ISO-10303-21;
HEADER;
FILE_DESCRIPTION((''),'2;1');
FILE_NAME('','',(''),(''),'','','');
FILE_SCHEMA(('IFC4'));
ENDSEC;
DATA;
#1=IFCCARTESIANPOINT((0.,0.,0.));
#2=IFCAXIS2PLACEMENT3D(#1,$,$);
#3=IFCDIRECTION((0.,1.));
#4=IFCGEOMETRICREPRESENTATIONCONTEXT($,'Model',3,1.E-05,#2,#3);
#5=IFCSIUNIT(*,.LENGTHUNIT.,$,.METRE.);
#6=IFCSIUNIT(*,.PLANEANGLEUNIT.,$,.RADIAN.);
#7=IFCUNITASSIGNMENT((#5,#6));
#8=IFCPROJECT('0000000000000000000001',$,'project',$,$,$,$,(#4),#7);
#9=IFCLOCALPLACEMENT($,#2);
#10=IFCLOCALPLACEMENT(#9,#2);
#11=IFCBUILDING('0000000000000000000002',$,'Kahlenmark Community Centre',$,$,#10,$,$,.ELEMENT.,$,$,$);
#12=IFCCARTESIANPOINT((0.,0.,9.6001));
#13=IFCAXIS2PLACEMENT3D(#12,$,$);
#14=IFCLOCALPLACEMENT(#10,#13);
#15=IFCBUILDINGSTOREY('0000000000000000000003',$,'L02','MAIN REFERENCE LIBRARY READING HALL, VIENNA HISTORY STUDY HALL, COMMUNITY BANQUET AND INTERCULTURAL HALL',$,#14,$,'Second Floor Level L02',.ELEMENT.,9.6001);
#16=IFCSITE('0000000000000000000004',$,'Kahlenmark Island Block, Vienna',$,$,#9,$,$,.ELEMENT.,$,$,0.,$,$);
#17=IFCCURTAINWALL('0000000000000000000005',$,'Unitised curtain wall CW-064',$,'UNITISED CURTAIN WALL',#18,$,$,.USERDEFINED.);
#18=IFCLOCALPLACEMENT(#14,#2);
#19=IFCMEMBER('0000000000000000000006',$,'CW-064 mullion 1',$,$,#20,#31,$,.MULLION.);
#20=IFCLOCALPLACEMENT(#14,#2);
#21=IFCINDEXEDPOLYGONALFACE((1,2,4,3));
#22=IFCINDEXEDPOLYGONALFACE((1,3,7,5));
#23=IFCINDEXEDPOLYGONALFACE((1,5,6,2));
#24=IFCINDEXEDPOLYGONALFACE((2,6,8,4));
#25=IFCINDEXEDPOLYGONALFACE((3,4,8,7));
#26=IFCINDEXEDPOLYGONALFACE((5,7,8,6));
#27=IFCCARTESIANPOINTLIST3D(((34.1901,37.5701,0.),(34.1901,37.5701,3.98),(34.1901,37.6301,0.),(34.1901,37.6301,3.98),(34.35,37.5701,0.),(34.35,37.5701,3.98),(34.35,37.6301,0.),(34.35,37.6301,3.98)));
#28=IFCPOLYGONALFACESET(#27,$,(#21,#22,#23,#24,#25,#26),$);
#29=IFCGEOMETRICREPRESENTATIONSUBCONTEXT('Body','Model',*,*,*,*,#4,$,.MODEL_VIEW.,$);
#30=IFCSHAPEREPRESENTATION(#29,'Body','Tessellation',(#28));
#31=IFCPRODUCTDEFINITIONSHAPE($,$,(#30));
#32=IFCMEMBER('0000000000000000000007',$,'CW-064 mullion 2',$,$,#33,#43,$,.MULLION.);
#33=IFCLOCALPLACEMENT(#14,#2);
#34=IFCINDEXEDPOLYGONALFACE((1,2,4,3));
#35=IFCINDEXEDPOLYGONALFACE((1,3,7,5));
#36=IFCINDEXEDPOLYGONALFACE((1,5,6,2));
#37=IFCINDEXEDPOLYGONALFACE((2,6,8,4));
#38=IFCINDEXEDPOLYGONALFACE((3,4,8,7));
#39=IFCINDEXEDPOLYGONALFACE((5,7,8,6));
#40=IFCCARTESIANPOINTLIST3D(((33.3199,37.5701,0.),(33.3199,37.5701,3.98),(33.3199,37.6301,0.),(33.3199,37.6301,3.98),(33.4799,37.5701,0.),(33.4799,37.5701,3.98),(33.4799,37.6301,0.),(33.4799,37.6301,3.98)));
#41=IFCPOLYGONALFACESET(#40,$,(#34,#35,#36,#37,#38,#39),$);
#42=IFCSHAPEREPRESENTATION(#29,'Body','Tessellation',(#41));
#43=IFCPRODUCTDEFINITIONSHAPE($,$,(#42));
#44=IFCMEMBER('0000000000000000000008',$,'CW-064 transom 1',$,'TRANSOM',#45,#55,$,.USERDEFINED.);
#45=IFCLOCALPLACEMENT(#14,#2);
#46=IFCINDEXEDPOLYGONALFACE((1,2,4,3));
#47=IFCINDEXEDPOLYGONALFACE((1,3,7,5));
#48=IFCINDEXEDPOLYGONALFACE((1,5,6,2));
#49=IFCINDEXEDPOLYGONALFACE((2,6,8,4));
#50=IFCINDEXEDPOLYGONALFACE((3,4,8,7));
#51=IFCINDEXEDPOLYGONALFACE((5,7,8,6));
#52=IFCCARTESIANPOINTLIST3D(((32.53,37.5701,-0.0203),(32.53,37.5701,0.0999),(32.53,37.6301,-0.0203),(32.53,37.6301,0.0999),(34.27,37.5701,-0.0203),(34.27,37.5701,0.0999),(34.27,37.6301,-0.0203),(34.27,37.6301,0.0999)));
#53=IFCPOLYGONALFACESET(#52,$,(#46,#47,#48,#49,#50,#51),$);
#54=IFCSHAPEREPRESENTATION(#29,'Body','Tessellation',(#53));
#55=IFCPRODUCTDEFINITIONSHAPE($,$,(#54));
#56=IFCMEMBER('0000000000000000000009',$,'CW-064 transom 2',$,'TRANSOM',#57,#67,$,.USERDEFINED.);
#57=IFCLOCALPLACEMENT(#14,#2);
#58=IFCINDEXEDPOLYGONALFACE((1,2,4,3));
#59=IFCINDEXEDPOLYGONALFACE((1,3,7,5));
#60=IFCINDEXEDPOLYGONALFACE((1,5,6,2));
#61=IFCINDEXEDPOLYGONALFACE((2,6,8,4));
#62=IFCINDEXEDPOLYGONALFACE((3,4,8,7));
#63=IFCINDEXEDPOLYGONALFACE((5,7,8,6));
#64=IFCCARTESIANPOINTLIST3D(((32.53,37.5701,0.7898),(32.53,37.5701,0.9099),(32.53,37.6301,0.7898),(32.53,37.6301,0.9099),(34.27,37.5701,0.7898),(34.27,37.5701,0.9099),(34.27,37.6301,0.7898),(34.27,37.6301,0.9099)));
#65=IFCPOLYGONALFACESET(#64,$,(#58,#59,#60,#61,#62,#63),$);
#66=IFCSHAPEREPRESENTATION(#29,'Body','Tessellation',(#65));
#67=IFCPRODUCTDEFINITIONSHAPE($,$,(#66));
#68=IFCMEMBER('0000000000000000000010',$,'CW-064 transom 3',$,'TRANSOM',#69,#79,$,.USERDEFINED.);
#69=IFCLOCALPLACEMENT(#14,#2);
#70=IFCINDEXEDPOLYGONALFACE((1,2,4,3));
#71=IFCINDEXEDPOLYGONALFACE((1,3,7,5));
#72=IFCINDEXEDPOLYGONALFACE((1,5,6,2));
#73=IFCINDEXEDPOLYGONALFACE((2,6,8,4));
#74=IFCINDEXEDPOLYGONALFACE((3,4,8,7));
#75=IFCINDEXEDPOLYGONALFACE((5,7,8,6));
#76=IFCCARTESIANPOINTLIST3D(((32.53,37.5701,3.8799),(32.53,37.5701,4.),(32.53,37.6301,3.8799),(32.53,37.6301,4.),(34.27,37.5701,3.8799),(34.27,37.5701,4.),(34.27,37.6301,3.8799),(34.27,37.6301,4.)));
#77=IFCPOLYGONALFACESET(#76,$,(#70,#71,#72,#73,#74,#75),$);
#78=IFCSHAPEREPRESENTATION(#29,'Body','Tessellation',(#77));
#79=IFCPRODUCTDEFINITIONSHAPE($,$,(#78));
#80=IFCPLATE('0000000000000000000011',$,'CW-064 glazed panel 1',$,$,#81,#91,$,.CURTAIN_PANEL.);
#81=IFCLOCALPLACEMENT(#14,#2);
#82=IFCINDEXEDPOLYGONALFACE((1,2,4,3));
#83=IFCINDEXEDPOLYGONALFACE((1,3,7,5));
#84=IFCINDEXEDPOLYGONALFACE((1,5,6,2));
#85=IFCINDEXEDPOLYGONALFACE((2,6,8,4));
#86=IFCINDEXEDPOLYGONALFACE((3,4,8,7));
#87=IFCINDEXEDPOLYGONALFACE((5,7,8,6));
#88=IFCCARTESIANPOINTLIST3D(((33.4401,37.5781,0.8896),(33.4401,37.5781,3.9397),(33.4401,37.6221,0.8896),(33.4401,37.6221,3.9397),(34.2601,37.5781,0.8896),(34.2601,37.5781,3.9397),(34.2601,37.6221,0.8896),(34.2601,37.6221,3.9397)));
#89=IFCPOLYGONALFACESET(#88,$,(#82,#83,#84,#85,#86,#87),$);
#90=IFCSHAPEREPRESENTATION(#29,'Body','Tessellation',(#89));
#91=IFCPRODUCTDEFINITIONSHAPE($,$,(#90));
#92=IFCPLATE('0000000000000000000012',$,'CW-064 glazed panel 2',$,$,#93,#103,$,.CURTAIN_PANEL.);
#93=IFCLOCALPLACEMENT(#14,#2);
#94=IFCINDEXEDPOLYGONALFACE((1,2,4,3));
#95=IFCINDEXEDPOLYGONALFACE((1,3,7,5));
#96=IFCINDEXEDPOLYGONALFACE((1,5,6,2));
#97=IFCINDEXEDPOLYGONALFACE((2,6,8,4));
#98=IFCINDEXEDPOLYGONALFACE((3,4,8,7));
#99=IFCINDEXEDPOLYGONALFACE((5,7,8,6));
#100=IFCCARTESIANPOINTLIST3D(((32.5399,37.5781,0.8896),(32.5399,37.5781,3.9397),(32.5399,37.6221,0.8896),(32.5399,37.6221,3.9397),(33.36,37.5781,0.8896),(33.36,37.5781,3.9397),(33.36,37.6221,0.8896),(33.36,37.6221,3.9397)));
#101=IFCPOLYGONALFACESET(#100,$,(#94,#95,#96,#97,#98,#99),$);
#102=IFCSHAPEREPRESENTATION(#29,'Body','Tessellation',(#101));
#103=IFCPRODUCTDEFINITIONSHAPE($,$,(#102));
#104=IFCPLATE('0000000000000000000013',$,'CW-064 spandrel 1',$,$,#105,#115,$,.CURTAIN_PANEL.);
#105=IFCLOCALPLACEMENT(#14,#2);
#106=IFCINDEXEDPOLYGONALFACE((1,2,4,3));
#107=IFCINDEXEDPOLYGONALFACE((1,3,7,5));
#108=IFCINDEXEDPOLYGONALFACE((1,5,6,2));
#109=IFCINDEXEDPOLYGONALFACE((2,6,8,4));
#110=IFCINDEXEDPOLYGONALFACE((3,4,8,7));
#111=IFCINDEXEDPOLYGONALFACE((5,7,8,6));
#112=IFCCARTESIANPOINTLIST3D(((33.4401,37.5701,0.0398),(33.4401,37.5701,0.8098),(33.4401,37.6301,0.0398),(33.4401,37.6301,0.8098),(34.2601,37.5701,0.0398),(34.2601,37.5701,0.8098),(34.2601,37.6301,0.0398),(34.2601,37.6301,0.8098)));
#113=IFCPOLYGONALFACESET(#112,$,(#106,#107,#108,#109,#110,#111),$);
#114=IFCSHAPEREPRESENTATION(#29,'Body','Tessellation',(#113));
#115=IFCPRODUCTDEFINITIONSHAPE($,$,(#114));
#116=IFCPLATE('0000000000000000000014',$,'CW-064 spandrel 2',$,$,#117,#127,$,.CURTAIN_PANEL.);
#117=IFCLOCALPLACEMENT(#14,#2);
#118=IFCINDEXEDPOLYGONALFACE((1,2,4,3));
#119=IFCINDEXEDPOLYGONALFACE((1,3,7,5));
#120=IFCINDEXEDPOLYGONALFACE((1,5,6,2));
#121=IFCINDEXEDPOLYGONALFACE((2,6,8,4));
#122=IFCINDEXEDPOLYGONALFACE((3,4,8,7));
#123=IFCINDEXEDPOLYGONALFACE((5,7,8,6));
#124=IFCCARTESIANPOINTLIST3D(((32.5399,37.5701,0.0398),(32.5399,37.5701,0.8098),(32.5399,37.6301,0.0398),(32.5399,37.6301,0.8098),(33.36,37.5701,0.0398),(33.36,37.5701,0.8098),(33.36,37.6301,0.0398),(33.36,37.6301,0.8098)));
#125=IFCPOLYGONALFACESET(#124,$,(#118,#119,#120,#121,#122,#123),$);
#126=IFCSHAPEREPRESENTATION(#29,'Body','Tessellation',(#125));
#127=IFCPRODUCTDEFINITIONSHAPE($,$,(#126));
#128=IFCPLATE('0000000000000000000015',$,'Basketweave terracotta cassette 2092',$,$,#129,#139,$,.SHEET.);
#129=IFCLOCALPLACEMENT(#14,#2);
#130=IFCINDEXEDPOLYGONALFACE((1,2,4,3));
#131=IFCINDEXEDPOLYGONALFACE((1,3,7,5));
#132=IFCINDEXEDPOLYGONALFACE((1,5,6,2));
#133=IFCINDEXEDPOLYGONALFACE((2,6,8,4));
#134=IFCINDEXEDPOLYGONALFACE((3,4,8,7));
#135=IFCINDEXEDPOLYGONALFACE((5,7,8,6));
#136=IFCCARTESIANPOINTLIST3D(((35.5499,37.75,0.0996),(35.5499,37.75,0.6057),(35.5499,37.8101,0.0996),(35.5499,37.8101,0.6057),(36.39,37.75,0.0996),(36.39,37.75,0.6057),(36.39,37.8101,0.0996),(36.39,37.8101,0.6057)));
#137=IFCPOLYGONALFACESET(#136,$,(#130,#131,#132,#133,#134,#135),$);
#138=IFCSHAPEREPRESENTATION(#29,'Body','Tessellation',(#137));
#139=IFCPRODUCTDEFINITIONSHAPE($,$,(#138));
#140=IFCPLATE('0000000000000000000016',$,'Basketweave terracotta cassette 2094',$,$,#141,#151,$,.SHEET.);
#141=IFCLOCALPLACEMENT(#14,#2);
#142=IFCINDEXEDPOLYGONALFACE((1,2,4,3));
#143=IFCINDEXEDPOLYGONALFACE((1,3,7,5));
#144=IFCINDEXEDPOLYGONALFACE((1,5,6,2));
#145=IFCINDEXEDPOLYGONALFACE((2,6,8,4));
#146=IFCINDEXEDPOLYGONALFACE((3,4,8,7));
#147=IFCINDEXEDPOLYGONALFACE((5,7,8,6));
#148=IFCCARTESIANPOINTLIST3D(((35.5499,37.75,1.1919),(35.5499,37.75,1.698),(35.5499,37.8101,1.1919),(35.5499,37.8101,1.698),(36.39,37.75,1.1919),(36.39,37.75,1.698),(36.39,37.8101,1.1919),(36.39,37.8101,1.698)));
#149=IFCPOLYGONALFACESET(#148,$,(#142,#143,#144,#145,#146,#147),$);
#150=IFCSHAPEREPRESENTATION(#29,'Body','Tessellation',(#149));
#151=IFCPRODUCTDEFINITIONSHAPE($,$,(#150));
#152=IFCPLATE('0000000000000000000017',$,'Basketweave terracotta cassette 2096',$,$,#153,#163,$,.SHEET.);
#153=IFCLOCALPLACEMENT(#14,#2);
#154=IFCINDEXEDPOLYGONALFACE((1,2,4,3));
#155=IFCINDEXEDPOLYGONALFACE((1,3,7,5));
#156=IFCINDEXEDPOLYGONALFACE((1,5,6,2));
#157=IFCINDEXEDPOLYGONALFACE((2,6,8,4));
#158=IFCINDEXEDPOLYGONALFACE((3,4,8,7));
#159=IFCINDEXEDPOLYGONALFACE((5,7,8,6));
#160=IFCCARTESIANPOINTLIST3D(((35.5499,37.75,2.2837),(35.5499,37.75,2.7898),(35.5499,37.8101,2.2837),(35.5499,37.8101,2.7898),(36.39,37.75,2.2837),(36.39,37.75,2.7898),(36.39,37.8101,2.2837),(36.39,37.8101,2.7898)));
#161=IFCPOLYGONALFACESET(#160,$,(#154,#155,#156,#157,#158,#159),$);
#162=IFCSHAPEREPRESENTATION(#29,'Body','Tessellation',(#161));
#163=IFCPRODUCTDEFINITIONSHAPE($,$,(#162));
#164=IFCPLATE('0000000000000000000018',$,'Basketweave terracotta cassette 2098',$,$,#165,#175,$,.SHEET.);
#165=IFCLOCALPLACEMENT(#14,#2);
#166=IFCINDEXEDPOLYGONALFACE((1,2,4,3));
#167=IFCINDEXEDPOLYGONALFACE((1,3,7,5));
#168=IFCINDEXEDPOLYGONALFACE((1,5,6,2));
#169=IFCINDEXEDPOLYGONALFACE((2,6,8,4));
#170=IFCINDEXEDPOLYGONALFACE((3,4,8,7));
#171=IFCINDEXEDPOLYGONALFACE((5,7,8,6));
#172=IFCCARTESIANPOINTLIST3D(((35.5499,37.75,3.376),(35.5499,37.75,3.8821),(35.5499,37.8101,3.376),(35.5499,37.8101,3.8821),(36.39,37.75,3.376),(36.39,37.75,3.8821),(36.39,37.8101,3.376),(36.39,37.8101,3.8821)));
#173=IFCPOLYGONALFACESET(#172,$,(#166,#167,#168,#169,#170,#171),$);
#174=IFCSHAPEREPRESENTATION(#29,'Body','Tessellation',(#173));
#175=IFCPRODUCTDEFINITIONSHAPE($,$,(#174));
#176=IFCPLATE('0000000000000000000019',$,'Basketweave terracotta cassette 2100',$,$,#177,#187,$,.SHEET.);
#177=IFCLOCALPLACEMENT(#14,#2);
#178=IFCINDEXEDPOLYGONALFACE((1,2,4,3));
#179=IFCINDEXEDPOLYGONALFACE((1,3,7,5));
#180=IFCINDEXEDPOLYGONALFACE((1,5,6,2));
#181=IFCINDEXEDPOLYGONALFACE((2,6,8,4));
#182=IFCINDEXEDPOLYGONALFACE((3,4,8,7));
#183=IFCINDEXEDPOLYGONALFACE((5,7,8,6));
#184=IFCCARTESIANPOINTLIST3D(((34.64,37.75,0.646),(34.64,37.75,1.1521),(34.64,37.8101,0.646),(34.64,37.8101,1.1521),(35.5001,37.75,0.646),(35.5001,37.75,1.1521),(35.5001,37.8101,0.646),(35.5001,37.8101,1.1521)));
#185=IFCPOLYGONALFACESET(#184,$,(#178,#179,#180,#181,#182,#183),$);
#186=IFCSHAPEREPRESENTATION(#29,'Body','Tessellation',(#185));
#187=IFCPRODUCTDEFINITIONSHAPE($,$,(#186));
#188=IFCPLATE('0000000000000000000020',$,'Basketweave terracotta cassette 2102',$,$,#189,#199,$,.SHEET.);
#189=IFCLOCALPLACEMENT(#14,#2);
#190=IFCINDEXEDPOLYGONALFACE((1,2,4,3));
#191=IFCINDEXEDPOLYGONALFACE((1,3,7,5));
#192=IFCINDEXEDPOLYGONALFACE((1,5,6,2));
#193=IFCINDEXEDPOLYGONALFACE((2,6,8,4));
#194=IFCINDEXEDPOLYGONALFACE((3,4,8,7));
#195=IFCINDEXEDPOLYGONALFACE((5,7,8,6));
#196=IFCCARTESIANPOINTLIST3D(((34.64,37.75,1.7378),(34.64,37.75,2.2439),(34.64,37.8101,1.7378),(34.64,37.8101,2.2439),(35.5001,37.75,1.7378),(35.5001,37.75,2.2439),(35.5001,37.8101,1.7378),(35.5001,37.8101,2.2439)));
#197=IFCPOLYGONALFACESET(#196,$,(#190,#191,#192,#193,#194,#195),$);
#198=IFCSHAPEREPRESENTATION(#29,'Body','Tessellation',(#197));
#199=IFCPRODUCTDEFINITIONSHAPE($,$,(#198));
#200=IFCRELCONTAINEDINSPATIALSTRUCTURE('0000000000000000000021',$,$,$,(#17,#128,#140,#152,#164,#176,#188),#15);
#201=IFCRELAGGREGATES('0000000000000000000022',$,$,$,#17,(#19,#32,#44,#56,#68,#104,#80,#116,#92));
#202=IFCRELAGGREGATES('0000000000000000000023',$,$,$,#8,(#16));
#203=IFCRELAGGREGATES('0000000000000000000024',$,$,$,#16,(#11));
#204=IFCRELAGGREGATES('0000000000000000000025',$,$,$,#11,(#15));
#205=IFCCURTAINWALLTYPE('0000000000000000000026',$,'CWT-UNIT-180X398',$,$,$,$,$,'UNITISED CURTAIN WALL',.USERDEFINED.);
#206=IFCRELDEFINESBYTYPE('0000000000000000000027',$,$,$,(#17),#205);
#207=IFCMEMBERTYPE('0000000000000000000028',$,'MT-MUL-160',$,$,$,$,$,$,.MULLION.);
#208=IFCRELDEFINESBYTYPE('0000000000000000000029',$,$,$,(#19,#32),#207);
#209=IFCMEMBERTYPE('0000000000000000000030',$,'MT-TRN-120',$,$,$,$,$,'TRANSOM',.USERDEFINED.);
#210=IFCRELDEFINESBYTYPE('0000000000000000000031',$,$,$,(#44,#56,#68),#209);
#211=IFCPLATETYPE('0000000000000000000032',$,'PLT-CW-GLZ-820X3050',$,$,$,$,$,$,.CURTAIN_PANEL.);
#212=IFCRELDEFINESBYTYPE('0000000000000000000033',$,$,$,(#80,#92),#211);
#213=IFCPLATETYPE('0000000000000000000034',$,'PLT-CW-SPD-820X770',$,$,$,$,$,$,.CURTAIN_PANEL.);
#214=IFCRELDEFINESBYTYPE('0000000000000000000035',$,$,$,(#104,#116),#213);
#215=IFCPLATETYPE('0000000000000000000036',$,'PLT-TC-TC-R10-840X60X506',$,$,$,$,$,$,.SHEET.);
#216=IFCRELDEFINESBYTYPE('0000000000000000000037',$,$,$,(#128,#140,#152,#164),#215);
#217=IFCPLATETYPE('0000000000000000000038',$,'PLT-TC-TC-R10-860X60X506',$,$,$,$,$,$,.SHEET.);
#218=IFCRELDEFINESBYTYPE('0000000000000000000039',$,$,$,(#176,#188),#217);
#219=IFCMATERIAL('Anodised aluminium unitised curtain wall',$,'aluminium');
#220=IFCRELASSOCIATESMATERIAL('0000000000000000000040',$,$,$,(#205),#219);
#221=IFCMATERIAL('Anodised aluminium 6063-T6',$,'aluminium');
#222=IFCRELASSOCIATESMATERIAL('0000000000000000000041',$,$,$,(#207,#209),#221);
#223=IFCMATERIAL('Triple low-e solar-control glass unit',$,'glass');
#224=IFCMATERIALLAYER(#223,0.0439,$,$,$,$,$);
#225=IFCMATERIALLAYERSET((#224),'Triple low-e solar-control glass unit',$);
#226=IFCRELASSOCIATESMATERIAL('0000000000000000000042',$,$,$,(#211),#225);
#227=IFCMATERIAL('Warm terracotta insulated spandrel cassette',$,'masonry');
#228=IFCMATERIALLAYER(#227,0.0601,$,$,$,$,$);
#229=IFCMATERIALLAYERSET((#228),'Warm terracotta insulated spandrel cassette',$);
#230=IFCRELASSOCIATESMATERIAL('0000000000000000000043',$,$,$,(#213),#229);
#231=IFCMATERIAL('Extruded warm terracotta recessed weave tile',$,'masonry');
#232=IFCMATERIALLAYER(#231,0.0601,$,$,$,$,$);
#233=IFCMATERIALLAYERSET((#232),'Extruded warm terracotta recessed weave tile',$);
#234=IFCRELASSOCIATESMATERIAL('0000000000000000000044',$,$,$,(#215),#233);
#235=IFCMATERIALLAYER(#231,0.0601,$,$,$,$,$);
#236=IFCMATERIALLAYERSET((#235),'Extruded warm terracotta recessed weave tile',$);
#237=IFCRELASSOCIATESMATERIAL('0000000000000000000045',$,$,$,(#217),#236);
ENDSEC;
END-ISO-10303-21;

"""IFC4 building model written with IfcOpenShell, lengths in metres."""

from ifc_helpers import new_model, si_unit, direction, frame, origin, origin_2d, place, context, subcontext, project, spatial, rectangle, extrude, material, layer, layer_set, material_profile, profile_set, type_object, element, aggregate, save


model = new_model("IFC4")

# Units and contexts
model_context = context("Model", 3, precision=1e-05, world=origin(), true_north=direction((0.0, 1.0)))
body_context = subcontext(model_context, "Body", "Model", "MODEL_VIEW")
ifc_project = project(units=[si_unit("LENGTHUNIT", "METRE"), si_unit("PLANEANGLEUNIT", "RADIAN")], contexts=[model_context])

# Site, building, storey
site_placement = place(None, origin())
site = spatial("IfcSite", under=ifc_project, at=site_placement, Name="Kahlenmark Island Block, Vienna", CompositionType="ELEMENT", RefElevation=0.0)
building_placement = place(site_placement, origin())
building = spatial("IfcBuilding", under=site, at=building_placement, Name="Kahlenmark Community Centre", CompositionType="ELEMENT")
storey_placement = place(building_placement, frame((0.0, 0.0, 9.6001)))
storey = spatial("IfcBuildingStorey", under=building, at=storey_placement, Name="L02", Description="MAIN REFERENCE LIBRARY READING HALL, VIENNA HISTORY STUDY HALL, COMMUNITY BANQUET AND INTERCULTURAL HALL", LongName="Second Floor Level L02", CompositionType="ELEMENT", Elevation=9.6001)

# Curtain wall, members, plates
ifc_material_1 = material(Name="Anodised aluminium unitised curtain wall", Category="aluminium")
curtain_wall_type = type_object("IfcCurtainWallType", Name="CWT-UNIT-180X398", ElementType="UNITISED CURTAIN WALL", PredefinedType="USERDEFINED", material=ifc_material_1)
curtain_wall_placement = place(storey_placement, origin())
curtain_wall = element("IfcCurtainWall", 1, at=curtain_wall_placement, inside=storey, type_object=curtain_wall_type, Name="Unitised curtain wall CW-064", ObjectType="UNITISED CURTAIN WALL", PredefinedType="USERDEFINED")
ifc_material_2 = material(Name="Anodised aluminium 6063-T6", Category="aluminium")
ifc_material_profile_1 = material_profile(ifc_material_2, rectangle(XDim=0.0601, YDim=0.1599, at=origin_2d()), Name="ALU MULLION 60x160")
ifc_profile_set_1 = profile_set([ifc_material_profile_1], Name="Anodised aluminium 6063-T6")
member_type_1 = type_object("IfcMemberType", Name="MT-MUL-160", PredefinedType="MULLION", material=ifc_profile_set_1)
member_1_placement = place(storey_placement, frame((34.27, 37.6001, 0.0), z_axis=(0.0, 0.0, 1.0), x_axis=(0.0, -1.0, 0.0)))
member_1 = element("IfcMember", 2, at=member_1_placement, type_object=member_type_1, Name="CW-064 mullion 1", PredefinedType="MULLION", context=body_context, shape_type="SweptSolid", body=[
    extrude(rectangle(XDim=0.0601, YDim=0.1599, at=origin_2d()), origin(), (0.0, 0.0, 1.0), 3.98),
])
member_2_placement = place(storey_placement, frame((33.3999, 37.6001, 0.0), z_axis=(0.0, 0.0, 1.0), x_axis=(0.0, -1.0, 0.0)))
member_2 = element("IfcMember", 3, at=member_2_placement, type_object=member_type_1, Name="CW-064 mullion 2", PredefinedType="MULLION", context=body_context, shape_type="SweptSolid", body=[
    extrude(rectangle(XDim=0.0601, YDim=0.1599, at=origin_2d()), origin(), (0.0, 0.0, 1.0), 3.98),
])
ifc_material_profile_2 = material_profile(ifc_material_2, rectangle(XDim=0.0601, YDim=0.1201, at=origin_2d()), Name="ALU TRANSOM 60x120")
ifc_profile_set_2 = profile_set([ifc_material_profile_2], Name="Anodised aluminium 6063-T6")
member_type_2 = type_object("IfcMemberType", Name="MT-TRN-120", ElementType="TRANSOM", PredefinedType="USERDEFINED", material=ifc_profile_set_2)
member_3_placement = place(storey_placement, frame((34.27, 37.6001, 0.0398), z_axis=(-1.0, 0.0, 0.0), x_axis=(0.0, -1.0, 0.0)))
member_3 = element("IfcMember", 4, at=member_3_placement, type_object=member_type_2, Name="CW-064 transom 1", ObjectType="TRANSOM", PredefinedType="USERDEFINED", context=body_context, shape_type="SweptSolid", body=[
    extrude(rectangle(XDim=0.0601, YDim=0.1201, at=origin_2d()), origin(), (0.0, 0.0, 1.0), 1.74),
])
member_4_placement = place(storey_placement, frame((34.27, 37.6001, 0.8499), z_axis=(-1.0, 0.0, 0.0), x_axis=(0.0, -1.0, 0.0)))
member_4 = element("IfcMember", 5, at=member_4_placement, type_object=member_type_2, Name="CW-064 transom 2", ObjectType="TRANSOM", PredefinedType="USERDEFINED", context=body_context, shape_type="SweptSolid", body=[
    extrude(rectangle(XDim=0.0601, YDim=0.1201, at=origin_2d()), origin(), (0.0, 0.0, 1.0), 1.74),
])
member_5_placement = place(storey_placement, frame((34.27, 37.6001, 3.9399), z_axis=(-1.0, 0.0, 0.0), x_axis=(0.0, -1.0, 0.0)))
member_5 = element("IfcMember", 6, at=member_5_placement, type_object=member_type_2, Name="CW-064 transom 3", ObjectType="TRANSOM", PredefinedType="USERDEFINED", context=body_context, shape_type="SweptSolid", body=[
    extrude(rectangle(XDim=0.0601, YDim=0.1201, at=origin_2d()), origin(), (0.0, 0.0, 1.0), 1.74),
])
ifc_material_3 = material(Name="Triple low-e solar-control glass unit", Category="glass")
ifc_layer_1 = layer(ifc_material_3, 0.0439)
ifc_layer_set_1 = layer_set([ifc_layer_1], Name="Triple low-e solar-control glass unit")
plate_type_1 = type_object("IfcPlateType", Name="PLT-CW-GLZ-820X3050", PredefinedType="CURTAIN_PANEL", material=ifc_layer_set_1)
plate_1_placement = place(storey_placement, frame((33.8501, 37.6001, 0.8896), z_axis=(0.0, 0.0, 1.0), x_axis=(-1.0, 0.0, 0.0)))
plate_1 = element("IfcPlate", 7, at=plate_1_placement, type_object=plate_type_1, Name="CW-064 glazed panel 1", PredefinedType="CURTAIN_PANEL", context=body_context, shape_type="SweptSolid", body=[
    extrude(rectangle(XDim=0.8201, YDim=0.0439, at=origin_2d()), origin(), (0.0, 0.0, 1.0), 3.05),
])
plate_2_placement = place(storey_placement, frame((32.95, 37.6001, 0.8896), z_axis=(0.0, 0.0, 1.0), x_axis=(-1.0, 0.0, 0.0)))
plate_2 = element("IfcPlate", 8, at=plate_2_placement, type_object=plate_type_1, Name="CW-064 glazed panel 2", PredefinedType="CURTAIN_PANEL", context=body_context, shape_type="SweptSolid", body=[
    extrude(rectangle(XDim=0.8201, YDim=0.0439, at=origin_2d()), origin(), (0.0, 0.0, 1.0), 3.05),
])
ifc_material_4 = material(Name="Warm terracotta insulated spandrel cassette", Category="masonry")
ifc_layer_2 = layer(ifc_material_4, 0.0601)
ifc_layer_set_2 = layer_set([ifc_layer_2], Name="Warm terracotta insulated spandrel cassette")
plate_type_2 = type_object("IfcPlateType", Name="PLT-CW-SPD-820X770", PredefinedType="CURTAIN_PANEL", material=ifc_layer_set_2)
plate_3_placement = place(storey_placement, frame((33.8501, 37.6001, 0.0398), z_axis=(0.0, 0.0, 1.0), x_axis=(-1.0, 0.0, 0.0)))
plate_3 = element("IfcPlate", 9, at=plate_3_placement, type_object=plate_type_2, Name="CW-064 spandrel 1", PredefinedType="CURTAIN_PANEL", context=body_context, shape_type="SweptSolid", body=[
    extrude(rectangle(XDim=0.8201, YDim=0.0601, at=origin_2d()), origin(), (0.0, 0.0, 1.0), 0.77),
])
plate_4_placement = place(storey_placement, frame((32.95, 37.6001, 0.0398), z_axis=(0.0, 0.0, 1.0), x_axis=(-1.0, 0.0, 0.0)))
plate_4 = element("IfcPlate", 10, at=plate_4_placement, type_object=plate_type_2, Name="CW-064 spandrel 2", PredefinedType="CURTAIN_PANEL", context=body_context, shape_type="SweptSolid", body=[
    extrude(rectangle(XDim=0.8201, YDim=0.0601, at=origin_2d()), origin(), (0.0, 0.0, 1.0), 0.77),
])
aggregate(curtain_wall, [member_1, member_2, member_3, member_4, member_5, plate_3, plate_1, plate_4, plate_2])

# Plates
ifc_material_5 = material(Name="Extruded warm terracotta recessed weave tile", Category="masonry")
ifc_layer_3 = layer(ifc_material_5, 0.0601)
ifc_layer_set_3 = layer_set([ifc_layer_3], Name="Extruded warm terracotta recessed weave tile")
plate_type_3 = type_object("IfcPlateType", Name="PLT-TC-TC-R10-840X60X506", PredefinedType="SHEET", material=ifc_layer_set_3)
for number, where, z_axis, x_axis, name in (
    (11, (35.97, 37.78, 0.0996), (0.0, 0.0, 1.0), (-1.0, 0.0, 0.0), "Basketweave terracotta cassette 2092"),
    (12, (35.97, 37.78, 1.1919), (0.0, 0.0, 1.0), (-1.0, 0.0, 0.0), "Basketweave terracotta cassette 2094"),
    (13, (35.97, 37.78, 2.2837), (0.0, 0.0, 1.0), (-1.0, 0.0, 0.0), "Basketweave terracotta cassette 2096"),
    (14, (35.97, 37.78, 3.376), (0.0, 0.0, 1.0), (-1.0, 0.0, 0.0), "Basketweave terracotta cassette 2098"),
):
    element("IfcPlate", number, at=place(storey_placement, frame(where, z_axis=z_axis, x_axis=x_axis)), inside=storey, type_object=plate_type_3, Name=name, PredefinedType="SHEET", context=body_context, shape_type="SweptSolid", body=[
        extrude(rectangle(XDim=0.8401, YDim=0.0601, at=origin_2d()), origin(), (0.0, 0.0, 1.0), 0.5061),
    ])
ifc_layer_4 = layer(ifc_material_5, 0.0601)
ifc_layer_set_4 = layer_set([ifc_layer_4], Name="Extruded warm terracotta recessed weave tile")
plate_type_4 = type_object("IfcPlateType", Name="PLT-TC-TC-R10-860X60X506", PredefinedType="SHEET", material=ifc_layer_set_4)
for number, where, z_axis, x_axis, name in (
    (15, (35.0701, 37.78, 0.646), (0.0, 0.0, 1.0), (-1.0, 0.0, 0.0), "Basketweave terracotta cassette 2100"),
    (16, (35.0701, 37.78, 1.7378), (0.0, 0.0, 1.0), (-1.0, 0.0, 0.0), "Basketweave terracotta cassette 2102"),
):
    element("IfcPlate", number, at=place(storey_placement, frame(where, z_axis=z_axis, x_axis=x_axis)), inside=storey, type_object=plate_type_4, Name=name, PredefinedType="SHEET", context=body_context, shape_type="SweptSolid", body=[
        extrude(rectangle(XDim=0.8601, YDim=0.0601, at=origin_2d()), origin(), (0.0, 0.0, 1.0), 0.5061),
    ])

save(model, "model.ifc")
